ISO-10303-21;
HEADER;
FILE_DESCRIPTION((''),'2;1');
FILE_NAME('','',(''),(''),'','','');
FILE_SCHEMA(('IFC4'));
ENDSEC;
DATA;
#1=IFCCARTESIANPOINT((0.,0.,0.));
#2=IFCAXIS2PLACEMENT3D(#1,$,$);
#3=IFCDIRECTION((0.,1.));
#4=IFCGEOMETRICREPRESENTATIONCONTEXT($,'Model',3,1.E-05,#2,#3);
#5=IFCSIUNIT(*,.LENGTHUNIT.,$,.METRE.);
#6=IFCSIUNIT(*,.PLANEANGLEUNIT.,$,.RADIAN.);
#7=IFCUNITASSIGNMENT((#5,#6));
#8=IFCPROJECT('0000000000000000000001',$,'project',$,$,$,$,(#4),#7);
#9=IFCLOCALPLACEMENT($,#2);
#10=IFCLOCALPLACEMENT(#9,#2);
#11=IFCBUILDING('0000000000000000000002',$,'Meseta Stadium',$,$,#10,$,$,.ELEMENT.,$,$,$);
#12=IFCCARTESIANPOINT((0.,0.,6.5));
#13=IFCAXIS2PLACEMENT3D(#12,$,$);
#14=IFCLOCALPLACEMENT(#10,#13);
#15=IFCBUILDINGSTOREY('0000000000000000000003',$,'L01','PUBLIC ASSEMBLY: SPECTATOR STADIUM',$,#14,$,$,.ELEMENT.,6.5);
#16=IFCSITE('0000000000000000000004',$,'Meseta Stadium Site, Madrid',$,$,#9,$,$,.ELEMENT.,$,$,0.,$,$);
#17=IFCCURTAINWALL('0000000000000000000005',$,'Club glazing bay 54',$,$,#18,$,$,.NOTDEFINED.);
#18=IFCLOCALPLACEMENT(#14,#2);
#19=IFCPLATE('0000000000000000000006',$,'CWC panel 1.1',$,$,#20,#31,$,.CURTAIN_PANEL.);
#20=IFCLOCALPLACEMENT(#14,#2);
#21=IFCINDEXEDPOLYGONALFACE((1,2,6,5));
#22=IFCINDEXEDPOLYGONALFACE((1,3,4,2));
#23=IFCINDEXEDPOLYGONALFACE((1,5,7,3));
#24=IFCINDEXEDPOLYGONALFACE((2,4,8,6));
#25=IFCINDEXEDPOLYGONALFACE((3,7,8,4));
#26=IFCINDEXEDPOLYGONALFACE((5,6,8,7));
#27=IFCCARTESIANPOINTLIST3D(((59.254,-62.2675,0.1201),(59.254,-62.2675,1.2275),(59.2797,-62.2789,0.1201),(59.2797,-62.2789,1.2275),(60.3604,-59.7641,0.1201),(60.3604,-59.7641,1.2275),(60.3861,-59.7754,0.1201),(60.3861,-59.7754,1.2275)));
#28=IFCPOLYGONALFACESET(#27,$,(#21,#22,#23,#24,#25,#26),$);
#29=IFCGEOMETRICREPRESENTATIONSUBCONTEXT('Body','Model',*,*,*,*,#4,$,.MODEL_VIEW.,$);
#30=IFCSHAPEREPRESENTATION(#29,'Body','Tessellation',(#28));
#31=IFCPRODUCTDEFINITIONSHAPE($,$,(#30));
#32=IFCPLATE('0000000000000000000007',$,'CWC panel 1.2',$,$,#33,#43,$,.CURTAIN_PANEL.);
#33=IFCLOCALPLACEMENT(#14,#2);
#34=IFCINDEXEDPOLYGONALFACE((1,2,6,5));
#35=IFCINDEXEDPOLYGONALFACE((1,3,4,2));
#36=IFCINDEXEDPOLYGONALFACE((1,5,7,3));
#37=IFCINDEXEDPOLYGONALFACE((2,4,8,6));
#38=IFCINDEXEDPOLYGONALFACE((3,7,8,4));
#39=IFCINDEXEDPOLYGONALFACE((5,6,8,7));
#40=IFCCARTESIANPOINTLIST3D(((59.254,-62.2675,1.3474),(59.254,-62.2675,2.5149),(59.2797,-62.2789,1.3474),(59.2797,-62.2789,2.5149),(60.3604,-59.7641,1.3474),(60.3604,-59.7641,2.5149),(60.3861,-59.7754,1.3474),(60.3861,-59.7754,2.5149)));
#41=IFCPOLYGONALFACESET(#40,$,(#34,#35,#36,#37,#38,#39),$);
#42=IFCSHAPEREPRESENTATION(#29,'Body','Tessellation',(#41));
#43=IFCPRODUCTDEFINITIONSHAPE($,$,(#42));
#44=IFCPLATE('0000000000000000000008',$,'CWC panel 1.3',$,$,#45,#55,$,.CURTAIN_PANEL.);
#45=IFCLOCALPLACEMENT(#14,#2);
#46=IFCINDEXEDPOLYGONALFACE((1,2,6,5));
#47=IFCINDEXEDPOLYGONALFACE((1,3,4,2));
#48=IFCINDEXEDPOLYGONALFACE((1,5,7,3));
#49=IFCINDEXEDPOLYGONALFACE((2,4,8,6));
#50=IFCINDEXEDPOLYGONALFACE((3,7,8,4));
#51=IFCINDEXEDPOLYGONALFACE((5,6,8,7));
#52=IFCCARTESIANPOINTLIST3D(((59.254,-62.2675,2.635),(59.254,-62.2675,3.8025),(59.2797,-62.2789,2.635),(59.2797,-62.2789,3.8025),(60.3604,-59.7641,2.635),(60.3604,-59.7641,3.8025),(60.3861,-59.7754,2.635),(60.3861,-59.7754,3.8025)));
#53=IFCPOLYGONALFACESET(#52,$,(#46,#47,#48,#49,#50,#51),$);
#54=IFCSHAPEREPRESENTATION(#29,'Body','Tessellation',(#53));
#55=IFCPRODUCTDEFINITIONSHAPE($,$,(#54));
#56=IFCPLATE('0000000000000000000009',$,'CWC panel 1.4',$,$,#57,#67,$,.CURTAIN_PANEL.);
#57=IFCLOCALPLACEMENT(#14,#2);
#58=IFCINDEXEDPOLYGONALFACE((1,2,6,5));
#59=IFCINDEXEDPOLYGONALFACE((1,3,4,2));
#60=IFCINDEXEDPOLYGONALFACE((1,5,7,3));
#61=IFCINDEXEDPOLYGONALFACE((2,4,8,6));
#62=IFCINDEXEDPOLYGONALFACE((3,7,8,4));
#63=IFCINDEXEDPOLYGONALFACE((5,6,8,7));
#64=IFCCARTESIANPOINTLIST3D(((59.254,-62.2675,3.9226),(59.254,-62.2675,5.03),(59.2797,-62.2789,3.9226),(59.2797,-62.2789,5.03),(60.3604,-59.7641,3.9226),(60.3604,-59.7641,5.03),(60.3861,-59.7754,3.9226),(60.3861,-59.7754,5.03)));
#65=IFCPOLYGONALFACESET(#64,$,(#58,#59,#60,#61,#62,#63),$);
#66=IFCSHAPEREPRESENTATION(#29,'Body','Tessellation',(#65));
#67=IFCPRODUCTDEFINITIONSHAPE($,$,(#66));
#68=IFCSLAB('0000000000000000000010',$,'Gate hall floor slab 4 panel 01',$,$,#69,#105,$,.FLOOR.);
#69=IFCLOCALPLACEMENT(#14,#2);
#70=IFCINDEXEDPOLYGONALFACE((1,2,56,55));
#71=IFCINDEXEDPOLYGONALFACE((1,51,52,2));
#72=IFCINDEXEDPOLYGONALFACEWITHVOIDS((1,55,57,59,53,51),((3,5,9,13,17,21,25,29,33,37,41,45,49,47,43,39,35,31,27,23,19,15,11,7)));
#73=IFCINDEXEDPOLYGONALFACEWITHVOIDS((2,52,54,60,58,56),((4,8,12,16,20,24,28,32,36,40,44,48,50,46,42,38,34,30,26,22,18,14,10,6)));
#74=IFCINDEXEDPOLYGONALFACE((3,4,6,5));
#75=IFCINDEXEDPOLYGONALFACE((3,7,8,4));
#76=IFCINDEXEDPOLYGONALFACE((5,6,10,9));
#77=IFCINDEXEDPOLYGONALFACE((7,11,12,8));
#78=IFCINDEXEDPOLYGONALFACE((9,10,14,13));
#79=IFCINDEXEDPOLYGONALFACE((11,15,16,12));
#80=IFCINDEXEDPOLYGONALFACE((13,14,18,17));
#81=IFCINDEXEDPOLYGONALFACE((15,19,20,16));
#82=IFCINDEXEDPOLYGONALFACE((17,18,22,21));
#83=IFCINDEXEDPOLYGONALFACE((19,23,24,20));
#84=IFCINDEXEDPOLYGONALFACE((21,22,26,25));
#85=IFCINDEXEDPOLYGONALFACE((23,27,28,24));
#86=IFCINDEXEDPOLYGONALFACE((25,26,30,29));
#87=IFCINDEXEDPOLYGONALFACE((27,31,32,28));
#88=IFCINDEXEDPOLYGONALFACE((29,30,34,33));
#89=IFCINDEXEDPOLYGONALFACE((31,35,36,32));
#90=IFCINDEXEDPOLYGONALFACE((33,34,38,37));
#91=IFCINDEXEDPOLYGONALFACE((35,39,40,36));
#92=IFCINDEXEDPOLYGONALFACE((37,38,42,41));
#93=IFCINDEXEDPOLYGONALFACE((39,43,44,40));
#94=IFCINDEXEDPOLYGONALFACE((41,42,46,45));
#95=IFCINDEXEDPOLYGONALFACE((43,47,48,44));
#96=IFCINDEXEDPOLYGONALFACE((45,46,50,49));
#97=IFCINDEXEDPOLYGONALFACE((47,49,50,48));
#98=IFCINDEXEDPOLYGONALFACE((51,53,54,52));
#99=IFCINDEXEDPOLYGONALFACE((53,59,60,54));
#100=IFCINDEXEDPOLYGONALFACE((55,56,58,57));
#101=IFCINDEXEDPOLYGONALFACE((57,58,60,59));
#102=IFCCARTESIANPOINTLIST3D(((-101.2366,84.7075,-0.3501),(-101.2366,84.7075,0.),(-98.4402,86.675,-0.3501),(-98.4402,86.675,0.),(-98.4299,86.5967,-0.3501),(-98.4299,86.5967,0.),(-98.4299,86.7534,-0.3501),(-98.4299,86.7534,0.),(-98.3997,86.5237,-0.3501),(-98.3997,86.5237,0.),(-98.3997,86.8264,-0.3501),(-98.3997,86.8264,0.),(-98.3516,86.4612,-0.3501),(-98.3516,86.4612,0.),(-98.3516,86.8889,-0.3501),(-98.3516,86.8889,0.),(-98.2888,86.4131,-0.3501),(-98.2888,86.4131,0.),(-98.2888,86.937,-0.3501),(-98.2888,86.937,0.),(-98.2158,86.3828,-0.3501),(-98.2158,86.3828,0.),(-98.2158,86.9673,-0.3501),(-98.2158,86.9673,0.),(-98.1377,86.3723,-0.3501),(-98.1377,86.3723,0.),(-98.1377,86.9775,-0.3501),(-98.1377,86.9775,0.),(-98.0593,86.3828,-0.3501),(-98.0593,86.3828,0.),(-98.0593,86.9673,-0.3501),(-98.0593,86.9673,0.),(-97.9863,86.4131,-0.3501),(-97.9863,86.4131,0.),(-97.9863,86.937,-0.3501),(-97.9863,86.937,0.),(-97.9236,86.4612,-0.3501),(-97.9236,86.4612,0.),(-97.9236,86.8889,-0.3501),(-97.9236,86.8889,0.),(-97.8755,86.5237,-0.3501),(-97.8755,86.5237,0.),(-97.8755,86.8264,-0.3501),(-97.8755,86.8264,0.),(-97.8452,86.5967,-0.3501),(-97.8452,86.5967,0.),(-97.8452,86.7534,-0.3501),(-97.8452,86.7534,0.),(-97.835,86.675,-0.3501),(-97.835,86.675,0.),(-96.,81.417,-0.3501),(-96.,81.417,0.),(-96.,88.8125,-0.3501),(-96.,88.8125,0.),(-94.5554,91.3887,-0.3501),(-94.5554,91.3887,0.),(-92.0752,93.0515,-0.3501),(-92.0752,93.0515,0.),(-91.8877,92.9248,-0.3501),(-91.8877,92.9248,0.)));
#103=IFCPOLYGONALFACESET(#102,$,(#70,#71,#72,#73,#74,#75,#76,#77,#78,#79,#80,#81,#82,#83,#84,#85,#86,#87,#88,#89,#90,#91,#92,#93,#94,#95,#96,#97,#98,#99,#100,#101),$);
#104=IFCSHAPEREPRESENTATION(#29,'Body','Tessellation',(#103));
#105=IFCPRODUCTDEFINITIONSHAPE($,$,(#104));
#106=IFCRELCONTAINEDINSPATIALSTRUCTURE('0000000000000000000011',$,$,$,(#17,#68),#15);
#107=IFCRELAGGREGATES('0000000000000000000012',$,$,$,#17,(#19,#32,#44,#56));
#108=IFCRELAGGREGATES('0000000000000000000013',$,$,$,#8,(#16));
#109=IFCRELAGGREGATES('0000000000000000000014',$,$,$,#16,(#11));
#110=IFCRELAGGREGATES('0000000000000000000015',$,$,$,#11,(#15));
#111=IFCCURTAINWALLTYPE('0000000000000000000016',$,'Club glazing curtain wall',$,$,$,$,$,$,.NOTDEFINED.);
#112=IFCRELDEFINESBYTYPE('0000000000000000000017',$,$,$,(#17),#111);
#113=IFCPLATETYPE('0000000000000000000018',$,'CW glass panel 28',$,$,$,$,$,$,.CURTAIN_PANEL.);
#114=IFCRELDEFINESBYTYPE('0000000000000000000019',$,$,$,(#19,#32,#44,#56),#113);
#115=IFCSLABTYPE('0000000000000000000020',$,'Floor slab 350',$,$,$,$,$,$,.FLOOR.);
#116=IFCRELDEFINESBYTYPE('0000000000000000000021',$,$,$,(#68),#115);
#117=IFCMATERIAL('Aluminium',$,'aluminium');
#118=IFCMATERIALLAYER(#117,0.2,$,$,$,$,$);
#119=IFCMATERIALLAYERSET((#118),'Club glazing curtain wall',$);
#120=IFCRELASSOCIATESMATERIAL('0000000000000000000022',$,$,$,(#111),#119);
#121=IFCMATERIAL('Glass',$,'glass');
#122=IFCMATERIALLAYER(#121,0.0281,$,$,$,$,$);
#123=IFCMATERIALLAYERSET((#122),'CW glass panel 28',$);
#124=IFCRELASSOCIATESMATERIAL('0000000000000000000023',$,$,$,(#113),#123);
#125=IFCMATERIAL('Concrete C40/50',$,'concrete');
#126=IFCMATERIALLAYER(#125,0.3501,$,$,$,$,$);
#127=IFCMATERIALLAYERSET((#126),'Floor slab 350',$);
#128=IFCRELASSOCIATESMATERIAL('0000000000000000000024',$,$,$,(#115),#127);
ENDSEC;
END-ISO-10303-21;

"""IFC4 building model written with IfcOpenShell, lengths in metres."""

from ifc_helpers import new_model, si_unit, direction, frame, origin, origin_2d, place, context, subcontext, project, spatial, polyline, rectangle, outline, extrude, material, layer, layer_set, type_object, element, aggregate, save


model = new_model("IFC4")

# Units and contexts
model_context = context("Model", 3, precision=1e-05, world=origin(), true_north=direction((0.0, 1.0)))
body_context = subcontext(model_context, "Body", "Model", "MODEL_VIEW")
ifc_project = project(units=[si_unit("LENGTHUNIT", "METRE"), si_unit("PLANEANGLEUNIT", "RADIAN")], contexts=[model_context])

# Site, building, storey
site_placement = place(None, origin())
site = spatial("IfcSite", under=ifc_project, at=site_placement, Name="Meseta Stadium Site, Madrid", CompositionType="ELEMENT", RefElevation=0.0)
building_placement = place(site_placement, origin())
building = spatial("IfcBuilding", under=site, at=building_placement, Name="Meseta Stadium", CompositionType="ELEMENT")
storey_placement = place(building_placement, frame((0.0, 0.0, 6.5)))
storey = spatial("IfcBuildingStorey", under=building, at=storey_placement, Name="L01", Description="PUBLIC ASSEMBLY: SPECTATOR STADIUM", CompositionType="ELEMENT", Elevation=6.5)

# Curtain wall
ifc_material_1 = material(Name="Aluminium", Category="aluminium")
ifc_layer_1 = layer(ifc_material_1, 0.2)
ifc_layer_set_1 = layer_set([ifc_layer_1], Name="Club glazing curtain wall")
curtain_wall_type = type_object("IfcCurtainWallType", Name="Club glazing curtain wall", PredefinedType="NOTDEFINED", material=ifc_layer_set_1)
curtain_wall_placement = place(storey_placement, origin())
curtain_wall = element("IfcCurtainWall", 1, at=curtain_wall_placement, inside=storey, type_object=curtain_wall_type, Name="Club glazing bay 54", PredefinedType="NOTDEFINED")

# Plates
ifc_material_2 = material(Name="Glass", Category="glass")
ifc_layer_2 = layer(ifc_material_2, 0.0281)
ifc_layer_set_2 = layer_set([ifc_layer_2], Name="CW glass panel 28")
plate_type = type_object("IfcPlateType", Name="CW glass panel 28", PredefinedType="CURTAIN_PANEL", material=ifc_layer_set_2)
plate_1_placement = place(storey_placement, frame((59.8201, -61.0215, 0.1201), z_axis=(0.0, 0.0, 1.0), x_axis=(0.40423, 0.914657, 0.0)))
plate_1 = element("IfcPlate", 2, at=plate_1_placement, type_object=plate_type, Name="CWC panel 1.1", PredefinedType="CURTAIN_PANEL", context=body_context, shape_type="SweptSolid", body=[
    extrude(rectangle(XDim=2.7371, YDim=0.0281, at=origin_2d()), origin(), (0.0, 0.0, 1.0), 1.1074),
])
plate_2_placement = place(storey_placement, frame((59.8201, -61.0215, 1.3474), z_axis=(0.0, 0.0, 1.0), x_axis=(0.40423, 0.914657, 0.0)))
plate_2 = element("IfcPlate", 3, at=plate_2_placement, type_object=plate_type, Name="CWC panel 1.2", PredefinedType="CURTAIN_PANEL", context=body_context, shape_type="SweptSolid", body=[
    extrude(rectangle(XDim=2.7371, YDim=0.0281, at=origin_2d()), origin(), (0.0, 0.0, 1.0), 1.1675),
])
plate_3_placement = place(storey_placement, frame((59.8201, -61.0215, 2.635), z_axis=(0.0, 0.0, 1.0), x_axis=(0.40423, 0.914657, 0.0)))
plate_3 = element("IfcPlate", 4, at=plate_3_placement, type_object=plate_type, Name="CWC panel 1.3", PredefinedType="CURTAIN_PANEL", context=body_context, shape_type="SweptSolid", body=[
    extrude(rectangle(XDim=2.7371, YDim=0.0281, at=origin_2d()), origin(), (0.0, 0.0, 1.0), 1.1675),
])
plate_4_placement = place(storey_placement, frame((59.8201, -61.0215, 3.9226), z_axis=(0.0, 0.0, 1.0), x_axis=(0.40423, 0.914657, 0.0)))
plate_4 = element("IfcPlate", 5, at=plate_4_placement, type_object=plate_type, Name="CWC panel 1.4", PredefinedType="CURTAIN_PANEL", context=body_context, shape_type="SweptSolid", body=[
    extrude(rectangle(XDim=2.7371, YDim=0.0281, at=origin_2d()), origin(), (0.0, 0.0, 1.0), 1.1074),
])
aggregate(curtain_wall, [plate_1, plate_2, plate_3, plate_4])

# Slab
ifc_material_3 = material(Name="Concrete C40/50", Category="concrete")
ifc_layer_3 = layer(ifc_material_3, 0.3501)
ifc_layer_set_3 = layer_set([ifc_layer_3], Name="Floor slab 350")
slab_type = type_object("IfcSlabType", Name="Floor slab 350", PredefinedType="FLOOR", material=ifc_layer_set_3)
slab_1_placement = place(storey_placement, frame((0.0, 0.0, -0.3501)))
element("IfcSlab", 6, at=slab_1_placement, inside=storey, type_object=slab_type, Name="Gate hall floor slab 4 panel 01", PredefinedType="FLOOR", context=body_context, shape_type="SweptSolid", body=[
    extrude(outline(polyline([(-94.5554, 91.3887), (-101.2366, 84.7075), (-96.0, 81.417), (-96.0, 88.8125), (-91.8877, 92.9248), (-92.0752, 93.0515), (-94.5554, 91.3887)]), holes=[polyline([(-98.2158, 86.9673), (-98.1377, 86.9775), (-98.0593, 86.9673), (-97.9863, 86.937), (-97.9236, 86.8889), (-97.8755, 86.8264), (-97.8452, 86.7534), (-97.835, 86.675), (-97.8452, 86.5967), (-97.8755, 86.5237), (-97.9236, 86.4612), (-97.9863, 86.4131), (-98.0593, 86.3828), (-98.1377, 86.3723), (-98.2158, 86.3828), (-98.2888, 86.4131), (-98.3516, 86.4612), (-98.3997, 86.5237), (-98.4299, 86.5967), (-98.4402, 86.675), (-98.4299, 86.7534), (-98.3997, 86.8264), (-98.3516, 86.8889), (-98.2888, 86.937), (-98.2158, 86.9673)])]), origin(), (0.0, 0.0, 1.0), 0.3501),
])

save(model, "model.ifc")
